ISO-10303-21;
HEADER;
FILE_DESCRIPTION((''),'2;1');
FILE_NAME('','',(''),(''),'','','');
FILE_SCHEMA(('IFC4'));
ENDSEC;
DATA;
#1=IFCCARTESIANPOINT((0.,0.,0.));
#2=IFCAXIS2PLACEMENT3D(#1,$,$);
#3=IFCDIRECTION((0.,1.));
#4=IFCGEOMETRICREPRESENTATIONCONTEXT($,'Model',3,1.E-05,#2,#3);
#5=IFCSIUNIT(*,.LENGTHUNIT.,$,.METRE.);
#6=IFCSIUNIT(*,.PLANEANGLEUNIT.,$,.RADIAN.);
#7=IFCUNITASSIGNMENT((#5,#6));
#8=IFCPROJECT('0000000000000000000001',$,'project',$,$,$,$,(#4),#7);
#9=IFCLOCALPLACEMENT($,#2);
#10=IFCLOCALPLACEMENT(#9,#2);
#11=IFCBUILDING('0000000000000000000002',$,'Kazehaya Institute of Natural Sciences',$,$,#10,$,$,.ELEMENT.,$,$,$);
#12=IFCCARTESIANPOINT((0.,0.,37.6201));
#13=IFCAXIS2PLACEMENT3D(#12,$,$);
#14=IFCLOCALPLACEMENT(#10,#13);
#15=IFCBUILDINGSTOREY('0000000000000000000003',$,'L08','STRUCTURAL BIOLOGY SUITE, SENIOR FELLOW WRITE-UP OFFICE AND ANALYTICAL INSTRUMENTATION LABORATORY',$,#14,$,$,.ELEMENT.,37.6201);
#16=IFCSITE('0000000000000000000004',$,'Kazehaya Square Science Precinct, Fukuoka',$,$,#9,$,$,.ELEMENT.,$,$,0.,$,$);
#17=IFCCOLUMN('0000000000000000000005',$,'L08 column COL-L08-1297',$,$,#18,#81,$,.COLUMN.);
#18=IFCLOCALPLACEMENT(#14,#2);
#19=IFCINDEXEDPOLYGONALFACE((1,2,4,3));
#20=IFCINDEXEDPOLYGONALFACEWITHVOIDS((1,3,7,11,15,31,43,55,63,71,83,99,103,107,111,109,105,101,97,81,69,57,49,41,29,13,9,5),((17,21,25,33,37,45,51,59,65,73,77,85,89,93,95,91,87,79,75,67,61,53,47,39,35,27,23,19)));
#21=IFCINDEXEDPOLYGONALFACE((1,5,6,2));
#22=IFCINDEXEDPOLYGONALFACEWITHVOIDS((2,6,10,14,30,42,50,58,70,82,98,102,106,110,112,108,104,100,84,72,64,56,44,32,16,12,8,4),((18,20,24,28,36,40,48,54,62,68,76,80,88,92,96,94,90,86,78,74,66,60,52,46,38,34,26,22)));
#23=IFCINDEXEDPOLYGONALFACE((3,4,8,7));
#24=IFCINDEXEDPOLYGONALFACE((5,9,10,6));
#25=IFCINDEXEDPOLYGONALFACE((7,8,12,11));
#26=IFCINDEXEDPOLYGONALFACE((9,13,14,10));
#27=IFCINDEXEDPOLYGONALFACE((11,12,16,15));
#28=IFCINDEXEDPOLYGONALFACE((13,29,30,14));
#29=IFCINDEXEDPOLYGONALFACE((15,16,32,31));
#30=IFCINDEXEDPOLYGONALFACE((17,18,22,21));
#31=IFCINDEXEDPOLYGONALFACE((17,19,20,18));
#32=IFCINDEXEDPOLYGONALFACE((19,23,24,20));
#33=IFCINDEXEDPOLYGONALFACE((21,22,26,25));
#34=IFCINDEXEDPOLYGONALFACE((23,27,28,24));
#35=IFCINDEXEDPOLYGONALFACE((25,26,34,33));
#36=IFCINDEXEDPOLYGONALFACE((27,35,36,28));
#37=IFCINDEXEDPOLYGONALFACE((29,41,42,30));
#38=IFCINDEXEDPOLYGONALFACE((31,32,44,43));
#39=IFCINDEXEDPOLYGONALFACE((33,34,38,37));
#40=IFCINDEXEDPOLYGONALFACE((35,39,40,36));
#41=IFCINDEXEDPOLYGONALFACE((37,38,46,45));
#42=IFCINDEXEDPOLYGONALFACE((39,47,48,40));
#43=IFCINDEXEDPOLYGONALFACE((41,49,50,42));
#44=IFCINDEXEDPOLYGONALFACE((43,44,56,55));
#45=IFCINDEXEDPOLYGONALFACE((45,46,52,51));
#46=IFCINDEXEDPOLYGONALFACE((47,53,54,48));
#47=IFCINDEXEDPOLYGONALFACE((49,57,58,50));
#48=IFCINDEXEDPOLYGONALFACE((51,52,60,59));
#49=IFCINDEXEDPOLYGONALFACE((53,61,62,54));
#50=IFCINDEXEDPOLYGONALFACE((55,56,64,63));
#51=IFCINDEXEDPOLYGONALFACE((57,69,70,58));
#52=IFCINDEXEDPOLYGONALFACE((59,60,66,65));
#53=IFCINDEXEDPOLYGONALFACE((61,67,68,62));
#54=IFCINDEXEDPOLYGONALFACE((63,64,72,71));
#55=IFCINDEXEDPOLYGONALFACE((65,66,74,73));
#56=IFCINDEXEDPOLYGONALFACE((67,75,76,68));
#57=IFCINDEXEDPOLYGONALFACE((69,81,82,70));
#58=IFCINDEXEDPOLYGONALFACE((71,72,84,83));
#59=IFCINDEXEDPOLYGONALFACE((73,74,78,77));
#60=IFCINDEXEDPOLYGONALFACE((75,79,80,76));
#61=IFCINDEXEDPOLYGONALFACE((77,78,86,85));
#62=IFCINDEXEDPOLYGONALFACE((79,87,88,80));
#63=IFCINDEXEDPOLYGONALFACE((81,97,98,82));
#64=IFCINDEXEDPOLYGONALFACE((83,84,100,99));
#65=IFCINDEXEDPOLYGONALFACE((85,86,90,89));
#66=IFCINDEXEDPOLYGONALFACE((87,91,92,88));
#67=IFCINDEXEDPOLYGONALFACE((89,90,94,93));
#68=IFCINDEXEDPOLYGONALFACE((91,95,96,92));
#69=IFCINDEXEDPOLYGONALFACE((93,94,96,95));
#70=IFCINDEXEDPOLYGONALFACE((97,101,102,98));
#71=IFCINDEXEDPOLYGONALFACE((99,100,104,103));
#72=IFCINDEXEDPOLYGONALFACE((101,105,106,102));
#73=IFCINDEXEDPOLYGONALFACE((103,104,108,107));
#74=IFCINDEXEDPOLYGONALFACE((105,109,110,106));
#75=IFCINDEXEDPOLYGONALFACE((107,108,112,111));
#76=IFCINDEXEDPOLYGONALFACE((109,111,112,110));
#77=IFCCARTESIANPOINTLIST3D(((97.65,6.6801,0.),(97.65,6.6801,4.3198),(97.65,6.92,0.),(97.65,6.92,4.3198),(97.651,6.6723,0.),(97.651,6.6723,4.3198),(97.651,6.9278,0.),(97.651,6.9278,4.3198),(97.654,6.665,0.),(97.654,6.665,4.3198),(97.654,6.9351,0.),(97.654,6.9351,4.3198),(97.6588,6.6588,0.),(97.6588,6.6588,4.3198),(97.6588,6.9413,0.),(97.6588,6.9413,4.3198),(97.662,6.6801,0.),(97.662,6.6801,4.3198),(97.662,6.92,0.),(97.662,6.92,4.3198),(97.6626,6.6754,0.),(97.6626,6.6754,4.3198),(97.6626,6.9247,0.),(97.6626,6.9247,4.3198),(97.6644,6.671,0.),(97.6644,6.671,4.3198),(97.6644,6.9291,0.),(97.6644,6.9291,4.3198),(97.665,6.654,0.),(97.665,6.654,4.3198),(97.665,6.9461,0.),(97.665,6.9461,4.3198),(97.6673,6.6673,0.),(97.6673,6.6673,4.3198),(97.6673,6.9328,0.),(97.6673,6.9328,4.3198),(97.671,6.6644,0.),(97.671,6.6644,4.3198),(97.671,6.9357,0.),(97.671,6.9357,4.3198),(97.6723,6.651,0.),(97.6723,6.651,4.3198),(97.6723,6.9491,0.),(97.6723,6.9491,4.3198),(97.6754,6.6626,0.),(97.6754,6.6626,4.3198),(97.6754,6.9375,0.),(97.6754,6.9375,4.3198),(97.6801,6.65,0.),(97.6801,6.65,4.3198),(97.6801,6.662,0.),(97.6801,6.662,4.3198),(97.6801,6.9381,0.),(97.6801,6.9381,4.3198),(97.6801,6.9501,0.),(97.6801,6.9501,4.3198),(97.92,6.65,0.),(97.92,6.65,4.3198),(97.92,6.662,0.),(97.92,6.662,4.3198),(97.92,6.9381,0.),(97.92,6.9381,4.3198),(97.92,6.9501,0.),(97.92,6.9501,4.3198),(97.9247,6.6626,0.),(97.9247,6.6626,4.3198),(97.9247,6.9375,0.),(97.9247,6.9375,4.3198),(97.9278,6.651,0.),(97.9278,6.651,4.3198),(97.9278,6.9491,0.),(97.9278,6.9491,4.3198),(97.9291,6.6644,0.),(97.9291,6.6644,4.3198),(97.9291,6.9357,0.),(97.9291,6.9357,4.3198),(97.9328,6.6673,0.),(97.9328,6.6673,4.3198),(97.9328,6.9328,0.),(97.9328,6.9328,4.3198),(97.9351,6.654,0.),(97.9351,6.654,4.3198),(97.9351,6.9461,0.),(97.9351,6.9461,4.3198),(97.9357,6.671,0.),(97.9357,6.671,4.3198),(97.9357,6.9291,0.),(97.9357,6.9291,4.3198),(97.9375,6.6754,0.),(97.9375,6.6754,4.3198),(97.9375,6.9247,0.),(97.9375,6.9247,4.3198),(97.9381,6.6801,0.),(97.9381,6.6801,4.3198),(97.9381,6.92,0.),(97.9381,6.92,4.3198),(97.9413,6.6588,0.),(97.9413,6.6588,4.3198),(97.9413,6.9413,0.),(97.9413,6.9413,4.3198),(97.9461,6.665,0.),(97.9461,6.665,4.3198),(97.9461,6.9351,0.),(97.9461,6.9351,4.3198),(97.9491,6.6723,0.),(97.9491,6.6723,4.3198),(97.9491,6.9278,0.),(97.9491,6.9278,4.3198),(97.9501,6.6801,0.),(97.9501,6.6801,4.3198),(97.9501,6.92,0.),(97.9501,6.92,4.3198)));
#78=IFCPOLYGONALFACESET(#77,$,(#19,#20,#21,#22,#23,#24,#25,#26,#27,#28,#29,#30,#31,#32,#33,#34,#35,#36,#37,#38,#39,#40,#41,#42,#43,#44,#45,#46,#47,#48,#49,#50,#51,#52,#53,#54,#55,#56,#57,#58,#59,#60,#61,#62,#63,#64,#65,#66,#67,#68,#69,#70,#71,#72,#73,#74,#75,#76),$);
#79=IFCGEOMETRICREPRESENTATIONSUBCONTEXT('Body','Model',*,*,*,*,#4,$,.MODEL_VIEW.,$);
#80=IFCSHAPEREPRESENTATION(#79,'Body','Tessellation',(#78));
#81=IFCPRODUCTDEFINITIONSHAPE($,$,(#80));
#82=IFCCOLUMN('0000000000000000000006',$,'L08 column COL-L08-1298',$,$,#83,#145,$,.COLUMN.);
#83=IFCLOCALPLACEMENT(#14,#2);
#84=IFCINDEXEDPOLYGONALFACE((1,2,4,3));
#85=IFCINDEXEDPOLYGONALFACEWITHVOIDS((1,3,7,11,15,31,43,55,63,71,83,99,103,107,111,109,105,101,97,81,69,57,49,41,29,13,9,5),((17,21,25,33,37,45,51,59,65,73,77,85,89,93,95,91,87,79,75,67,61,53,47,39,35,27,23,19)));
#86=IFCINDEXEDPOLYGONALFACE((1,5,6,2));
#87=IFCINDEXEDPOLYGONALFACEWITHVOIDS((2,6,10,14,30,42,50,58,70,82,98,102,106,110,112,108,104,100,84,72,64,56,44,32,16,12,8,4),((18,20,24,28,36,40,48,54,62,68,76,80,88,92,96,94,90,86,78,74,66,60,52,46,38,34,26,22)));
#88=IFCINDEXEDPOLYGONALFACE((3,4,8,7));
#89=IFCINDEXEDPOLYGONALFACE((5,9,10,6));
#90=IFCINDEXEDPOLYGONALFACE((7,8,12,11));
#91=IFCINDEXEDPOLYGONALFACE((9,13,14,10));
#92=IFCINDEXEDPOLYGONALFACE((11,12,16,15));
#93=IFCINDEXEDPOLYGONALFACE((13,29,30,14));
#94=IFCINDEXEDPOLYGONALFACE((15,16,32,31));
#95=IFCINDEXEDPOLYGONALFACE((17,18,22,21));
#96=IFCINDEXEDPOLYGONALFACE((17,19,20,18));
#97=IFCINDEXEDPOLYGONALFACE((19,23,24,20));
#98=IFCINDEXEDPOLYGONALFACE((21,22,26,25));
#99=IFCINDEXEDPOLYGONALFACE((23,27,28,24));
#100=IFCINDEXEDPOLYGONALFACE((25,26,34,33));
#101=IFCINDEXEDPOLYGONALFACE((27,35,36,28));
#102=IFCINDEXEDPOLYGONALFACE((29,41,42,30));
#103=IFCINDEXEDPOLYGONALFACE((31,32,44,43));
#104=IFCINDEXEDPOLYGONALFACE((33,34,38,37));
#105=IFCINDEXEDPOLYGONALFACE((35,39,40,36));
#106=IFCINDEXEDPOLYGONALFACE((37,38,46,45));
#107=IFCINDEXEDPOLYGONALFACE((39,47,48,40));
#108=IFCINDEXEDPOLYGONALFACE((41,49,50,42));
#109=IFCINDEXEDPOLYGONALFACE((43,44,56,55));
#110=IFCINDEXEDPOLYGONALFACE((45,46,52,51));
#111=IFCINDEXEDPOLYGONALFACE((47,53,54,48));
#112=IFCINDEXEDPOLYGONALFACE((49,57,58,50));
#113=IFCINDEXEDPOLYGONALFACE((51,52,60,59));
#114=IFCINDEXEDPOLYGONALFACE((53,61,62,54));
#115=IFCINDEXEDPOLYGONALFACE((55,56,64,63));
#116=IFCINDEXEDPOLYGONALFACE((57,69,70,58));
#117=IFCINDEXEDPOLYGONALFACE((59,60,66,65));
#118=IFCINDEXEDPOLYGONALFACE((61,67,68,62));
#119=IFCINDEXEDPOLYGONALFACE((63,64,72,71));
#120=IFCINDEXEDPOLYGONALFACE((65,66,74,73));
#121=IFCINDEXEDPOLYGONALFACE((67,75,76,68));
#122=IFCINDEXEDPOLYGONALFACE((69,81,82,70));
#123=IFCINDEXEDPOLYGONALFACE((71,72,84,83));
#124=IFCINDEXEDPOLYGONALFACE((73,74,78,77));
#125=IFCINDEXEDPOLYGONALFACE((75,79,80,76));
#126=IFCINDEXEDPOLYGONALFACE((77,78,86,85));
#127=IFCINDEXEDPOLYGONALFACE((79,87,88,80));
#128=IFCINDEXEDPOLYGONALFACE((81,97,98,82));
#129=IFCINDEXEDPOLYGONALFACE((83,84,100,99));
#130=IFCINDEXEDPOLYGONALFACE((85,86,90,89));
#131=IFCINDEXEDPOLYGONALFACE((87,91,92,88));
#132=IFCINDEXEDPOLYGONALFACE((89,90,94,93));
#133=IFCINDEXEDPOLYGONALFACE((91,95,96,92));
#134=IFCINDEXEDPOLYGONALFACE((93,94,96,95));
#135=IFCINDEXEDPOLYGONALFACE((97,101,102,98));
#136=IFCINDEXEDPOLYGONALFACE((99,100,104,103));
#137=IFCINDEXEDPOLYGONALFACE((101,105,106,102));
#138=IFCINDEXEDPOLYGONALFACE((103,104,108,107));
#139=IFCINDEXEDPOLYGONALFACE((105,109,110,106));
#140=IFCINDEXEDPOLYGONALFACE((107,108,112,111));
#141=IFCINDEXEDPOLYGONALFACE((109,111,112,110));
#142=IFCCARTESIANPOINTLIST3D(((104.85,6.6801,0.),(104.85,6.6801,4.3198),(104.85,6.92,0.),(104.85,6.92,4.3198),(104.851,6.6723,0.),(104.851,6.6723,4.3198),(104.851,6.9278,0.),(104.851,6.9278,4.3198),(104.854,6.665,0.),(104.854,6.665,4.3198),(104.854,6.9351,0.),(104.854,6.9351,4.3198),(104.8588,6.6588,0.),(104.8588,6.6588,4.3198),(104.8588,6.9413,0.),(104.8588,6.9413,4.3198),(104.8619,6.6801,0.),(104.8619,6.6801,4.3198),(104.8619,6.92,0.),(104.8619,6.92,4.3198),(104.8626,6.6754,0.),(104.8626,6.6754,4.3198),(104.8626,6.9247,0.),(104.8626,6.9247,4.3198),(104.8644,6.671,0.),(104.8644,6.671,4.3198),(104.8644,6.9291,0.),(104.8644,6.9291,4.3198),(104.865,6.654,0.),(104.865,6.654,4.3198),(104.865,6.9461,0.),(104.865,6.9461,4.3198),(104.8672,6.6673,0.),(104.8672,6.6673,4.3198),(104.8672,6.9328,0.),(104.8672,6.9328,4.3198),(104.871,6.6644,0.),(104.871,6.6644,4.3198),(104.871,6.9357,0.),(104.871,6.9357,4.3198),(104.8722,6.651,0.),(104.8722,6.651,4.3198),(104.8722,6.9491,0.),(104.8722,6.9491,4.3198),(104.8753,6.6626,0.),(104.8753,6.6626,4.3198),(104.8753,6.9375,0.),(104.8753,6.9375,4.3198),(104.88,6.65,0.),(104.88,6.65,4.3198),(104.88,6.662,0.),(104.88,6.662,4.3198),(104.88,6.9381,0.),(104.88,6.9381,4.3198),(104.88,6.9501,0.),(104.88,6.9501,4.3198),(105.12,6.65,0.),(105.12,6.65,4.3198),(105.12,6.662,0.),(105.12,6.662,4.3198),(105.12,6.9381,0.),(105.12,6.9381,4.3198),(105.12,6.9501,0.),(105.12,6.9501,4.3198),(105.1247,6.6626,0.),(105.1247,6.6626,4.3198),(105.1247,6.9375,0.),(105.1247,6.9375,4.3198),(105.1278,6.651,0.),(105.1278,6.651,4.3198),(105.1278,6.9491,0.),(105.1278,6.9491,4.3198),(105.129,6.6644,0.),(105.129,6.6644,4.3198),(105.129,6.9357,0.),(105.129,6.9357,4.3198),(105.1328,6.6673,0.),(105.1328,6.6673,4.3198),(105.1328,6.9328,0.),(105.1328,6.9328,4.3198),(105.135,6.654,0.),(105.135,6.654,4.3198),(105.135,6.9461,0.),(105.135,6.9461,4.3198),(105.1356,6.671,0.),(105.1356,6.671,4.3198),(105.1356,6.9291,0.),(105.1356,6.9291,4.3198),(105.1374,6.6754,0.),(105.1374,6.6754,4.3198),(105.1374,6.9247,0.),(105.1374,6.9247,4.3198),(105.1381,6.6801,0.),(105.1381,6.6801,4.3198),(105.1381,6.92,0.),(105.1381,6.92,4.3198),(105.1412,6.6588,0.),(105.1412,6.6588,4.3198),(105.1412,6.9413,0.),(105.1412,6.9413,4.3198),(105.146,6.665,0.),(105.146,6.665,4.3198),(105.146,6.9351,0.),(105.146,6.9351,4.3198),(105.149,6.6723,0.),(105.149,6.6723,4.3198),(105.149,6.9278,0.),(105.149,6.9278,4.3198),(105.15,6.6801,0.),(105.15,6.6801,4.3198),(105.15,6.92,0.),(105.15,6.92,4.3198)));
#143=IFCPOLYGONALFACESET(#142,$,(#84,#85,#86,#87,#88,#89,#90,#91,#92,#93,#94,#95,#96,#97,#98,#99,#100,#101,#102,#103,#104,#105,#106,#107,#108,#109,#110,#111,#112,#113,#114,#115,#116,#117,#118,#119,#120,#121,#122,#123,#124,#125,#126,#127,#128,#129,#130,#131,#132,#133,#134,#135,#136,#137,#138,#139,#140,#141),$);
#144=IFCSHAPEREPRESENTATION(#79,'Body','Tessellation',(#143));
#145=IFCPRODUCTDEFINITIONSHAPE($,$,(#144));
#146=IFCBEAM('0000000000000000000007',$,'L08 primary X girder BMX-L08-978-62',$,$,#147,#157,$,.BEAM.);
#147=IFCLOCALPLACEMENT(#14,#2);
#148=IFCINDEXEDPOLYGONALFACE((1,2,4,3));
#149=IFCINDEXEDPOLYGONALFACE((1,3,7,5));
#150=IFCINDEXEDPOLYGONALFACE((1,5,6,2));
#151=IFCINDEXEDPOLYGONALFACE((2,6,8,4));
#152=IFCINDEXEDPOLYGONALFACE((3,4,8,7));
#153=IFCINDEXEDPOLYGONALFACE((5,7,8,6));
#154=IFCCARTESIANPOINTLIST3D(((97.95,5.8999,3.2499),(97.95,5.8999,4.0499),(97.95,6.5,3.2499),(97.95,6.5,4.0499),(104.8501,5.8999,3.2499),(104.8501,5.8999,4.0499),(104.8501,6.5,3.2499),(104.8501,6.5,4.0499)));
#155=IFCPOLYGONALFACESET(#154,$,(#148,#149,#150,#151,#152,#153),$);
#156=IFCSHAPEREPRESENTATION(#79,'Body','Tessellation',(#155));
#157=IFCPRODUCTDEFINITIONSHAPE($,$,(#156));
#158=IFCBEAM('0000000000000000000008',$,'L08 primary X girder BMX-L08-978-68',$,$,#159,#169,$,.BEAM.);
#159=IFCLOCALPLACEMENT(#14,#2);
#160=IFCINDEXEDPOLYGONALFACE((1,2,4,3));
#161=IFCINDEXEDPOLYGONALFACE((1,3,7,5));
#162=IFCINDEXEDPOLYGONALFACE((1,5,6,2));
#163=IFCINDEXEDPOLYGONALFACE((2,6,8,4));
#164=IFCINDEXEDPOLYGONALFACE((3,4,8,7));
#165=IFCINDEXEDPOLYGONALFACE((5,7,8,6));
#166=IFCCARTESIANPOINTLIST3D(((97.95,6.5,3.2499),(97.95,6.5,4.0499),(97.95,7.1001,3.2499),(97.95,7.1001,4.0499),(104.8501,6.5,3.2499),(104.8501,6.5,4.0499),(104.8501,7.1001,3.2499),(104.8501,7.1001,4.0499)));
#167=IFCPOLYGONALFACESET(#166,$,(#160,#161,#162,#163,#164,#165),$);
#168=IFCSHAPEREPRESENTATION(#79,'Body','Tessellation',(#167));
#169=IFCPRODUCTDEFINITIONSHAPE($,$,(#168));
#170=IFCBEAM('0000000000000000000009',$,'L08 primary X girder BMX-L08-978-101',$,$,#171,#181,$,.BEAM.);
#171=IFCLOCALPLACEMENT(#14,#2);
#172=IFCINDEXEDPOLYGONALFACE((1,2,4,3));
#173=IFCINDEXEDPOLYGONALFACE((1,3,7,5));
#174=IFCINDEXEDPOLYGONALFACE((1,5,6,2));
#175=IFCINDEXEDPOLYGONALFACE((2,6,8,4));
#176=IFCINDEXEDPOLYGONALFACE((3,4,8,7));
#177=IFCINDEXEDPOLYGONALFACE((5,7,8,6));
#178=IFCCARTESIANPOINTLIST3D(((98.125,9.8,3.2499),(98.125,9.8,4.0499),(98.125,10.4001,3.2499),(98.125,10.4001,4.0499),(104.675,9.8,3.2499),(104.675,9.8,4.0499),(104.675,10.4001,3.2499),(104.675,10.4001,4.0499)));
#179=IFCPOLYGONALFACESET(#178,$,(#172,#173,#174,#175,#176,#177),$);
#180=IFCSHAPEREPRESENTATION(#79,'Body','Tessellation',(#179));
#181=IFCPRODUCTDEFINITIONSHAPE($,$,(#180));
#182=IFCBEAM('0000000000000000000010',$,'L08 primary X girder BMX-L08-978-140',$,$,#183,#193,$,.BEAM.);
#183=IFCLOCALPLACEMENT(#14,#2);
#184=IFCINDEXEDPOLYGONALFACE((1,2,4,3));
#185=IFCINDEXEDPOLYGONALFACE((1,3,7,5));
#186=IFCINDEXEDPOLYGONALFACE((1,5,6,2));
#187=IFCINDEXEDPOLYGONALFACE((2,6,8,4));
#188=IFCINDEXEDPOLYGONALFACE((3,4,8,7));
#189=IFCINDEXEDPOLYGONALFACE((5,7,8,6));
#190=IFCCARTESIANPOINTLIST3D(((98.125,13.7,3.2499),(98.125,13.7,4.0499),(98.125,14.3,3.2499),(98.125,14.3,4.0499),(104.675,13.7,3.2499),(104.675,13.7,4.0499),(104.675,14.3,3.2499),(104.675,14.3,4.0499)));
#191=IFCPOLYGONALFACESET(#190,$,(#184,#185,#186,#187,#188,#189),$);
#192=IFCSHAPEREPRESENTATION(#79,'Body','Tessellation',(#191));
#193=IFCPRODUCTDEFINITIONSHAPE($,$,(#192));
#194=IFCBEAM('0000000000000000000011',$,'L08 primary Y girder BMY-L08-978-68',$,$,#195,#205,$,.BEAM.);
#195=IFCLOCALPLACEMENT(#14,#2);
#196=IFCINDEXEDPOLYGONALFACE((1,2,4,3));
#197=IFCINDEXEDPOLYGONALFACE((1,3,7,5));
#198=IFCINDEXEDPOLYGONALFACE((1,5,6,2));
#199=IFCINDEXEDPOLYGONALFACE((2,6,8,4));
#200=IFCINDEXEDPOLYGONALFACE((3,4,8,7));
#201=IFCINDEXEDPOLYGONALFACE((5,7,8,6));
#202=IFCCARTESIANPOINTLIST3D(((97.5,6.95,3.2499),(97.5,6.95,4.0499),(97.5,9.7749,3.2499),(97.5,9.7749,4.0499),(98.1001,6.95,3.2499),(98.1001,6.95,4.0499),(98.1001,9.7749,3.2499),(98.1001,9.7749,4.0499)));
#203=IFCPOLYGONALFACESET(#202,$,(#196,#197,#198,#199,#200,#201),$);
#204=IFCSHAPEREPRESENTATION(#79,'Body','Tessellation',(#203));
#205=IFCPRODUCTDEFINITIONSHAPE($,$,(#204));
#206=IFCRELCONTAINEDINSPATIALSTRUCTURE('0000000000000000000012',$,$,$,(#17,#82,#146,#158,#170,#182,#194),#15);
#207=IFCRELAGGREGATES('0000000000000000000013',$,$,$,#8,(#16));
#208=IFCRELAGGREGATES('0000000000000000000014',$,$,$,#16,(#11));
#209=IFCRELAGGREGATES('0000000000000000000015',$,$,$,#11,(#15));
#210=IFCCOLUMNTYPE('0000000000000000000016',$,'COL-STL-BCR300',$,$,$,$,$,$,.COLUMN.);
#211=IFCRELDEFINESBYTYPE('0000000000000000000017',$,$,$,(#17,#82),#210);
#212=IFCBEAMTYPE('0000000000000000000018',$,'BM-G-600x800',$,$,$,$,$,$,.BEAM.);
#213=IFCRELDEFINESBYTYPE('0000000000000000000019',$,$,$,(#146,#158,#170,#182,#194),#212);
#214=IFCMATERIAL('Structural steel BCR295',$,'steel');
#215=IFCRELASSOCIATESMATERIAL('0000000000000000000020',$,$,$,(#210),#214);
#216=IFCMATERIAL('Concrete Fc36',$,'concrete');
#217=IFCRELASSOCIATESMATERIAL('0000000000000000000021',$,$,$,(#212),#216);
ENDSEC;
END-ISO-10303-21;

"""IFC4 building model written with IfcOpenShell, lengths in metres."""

from ifc_helpers import new_model, si_unit, direction, frame, origin, origin_2d, place, context, subcontext, project, spatial, rectangle, hollow_rectangle, extrude, material, material_profile, profile_set, type_object, element, save


model = new_model("IFC4")

# Units and contexts
model_context = context("Model", 3, precision=1e-05, world=origin(), true_north=direction((0.0, 1.0)))
body_context = subcontext(model_context, "Body", "Model", "MODEL_VIEW")
ifc_project = project(units=[si_unit("LENGTHUNIT", "METRE"), si_unit("PLANEANGLEUNIT", "RADIAN")], contexts=[model_context])

# Site, building, storey
site_placement = place(None, origin())
site = spatial("IfcSite", under=ifc_project, at=site_placement, Name="Kazehaya Square Science Precinct, Fukuoka", CompositionType="ELEMENT", RefElevation=0.0)
building_placement = place(site_placement, origin())
building = spatial("IfcBuilding", under=site, at=building_placement, Name="Kazehaya Institute of Natural Sciences", CompositionType="ELEMENT")
storey_placement = place(building_placement, frame((0.0, 0.0, 37.6201)))
storey = spatial("IfcBuildingStorey", under=building, at=storey_placement, Name="L08", Description="STRUCTURAL BIOLOGY SUITE, SENIOR FELLOW WRITE-UP OFFICE AND ANALYTICAL INSTRUMENTATION LABORATORY", CompositionType="ELEMENT", Elevation=37.6201)

# Columns
ifc_material_1 = material(Name="Concrete Fc36", Category="concrete")
ifc_material_2 = material(Name="Structural steel BCR295", Category="steel")
ifc_material_profile_1 = material_profile(ifc_material_2, hollow_rectangle(XDim=0.3, YDim=0.3, WallThickness=0.012, InnerFilletRadius=0.0181, OuterFilletRadius=0.03, at=origin_2d()), Name="BCR-300x300x12")
ifc_profile_set_1 = profile_set([ifc_material_profile_1], Name="Structural steel BCR295")
column_type_1 = type_object("IfcColumnType", Name="COL-STL-BCR300", PredefinedType="COLUMN", material=ifc_profile_set_1)
for number, where, z_axis, x_axis, name in (
    (1, (97.8, 6.8, 0.0), (0.0, 0.0, 1.0), (1.0, 0.0, 0.0), "L08 column COL-L08-1297"),
    (2, (105.0, 6.8, 0.0), (0.0, 0.0, 1.0), (1.0, 0.0, 0.0), "L08 column COL-L08-1298"),
):
    element("IfcColumn", number, at=place(storey_placement, frame(where, z_axis=z_axis, x_axis=x_axis)), inside=storey, type_object=column_type_1, Name=name, PredefinedType="COLUMN", context=body_context, shape_type="SweptSolid", body=[
        extrude(hollow_rectangle(XDim=0.3, YDim=0.3, WallThickness=0.012, InnerFilletRadius=0.0181, OuterFilletRadius=0.03, at=origin_2d()), origin(), (0.0, 0.0, 1.0), 4.3198),
    ])

# Beams
ifc_material_profile_2 = material_profile(ifc_material_1, rectangle(XDim=0.6001, YDim=0.8, at=origin_2d()), Name="RC-600x800")
ifc_profile_set_2 = profile_set([ifc_material_profile_2], Name="Concrete Fc36")
beam_type = type_object("IfcBeamType", Name="BM-G-600x800", PredefinedType="BEAM", material=ifc_profile_set_2)
for number, where, z_axis, x_axis, name in (
    (3, (97.95, 6.2, 3.6499), (1.0, 0.0, 0.0), (0.0, 1.0, 0.0), "L08 primary X girder BMX-L08-978-62"),
    (4, (97.95, 6.8, 3.6499), (1.0, 0.0, 0.0), (0.0, 1.0, 0.0), "L08 primary X girder BMX-L08-978-68"),
):
    element("IfcBeam", number, at=place(storey_placement, frame(where, z_axis=z_axis, x_axis=x_axis)), inside=storey, type_object=beam_type, Name=name, PredefinedType="BEAM", context=body_context, shape_type="SweptSolid", body=[
        extrude(rectangle(XDim=0.6001, YDim=0.8, at=origin_2d()), origin(), (0.0, 0.0, 1.0), 6.9001),
    ])
for number, where, z_axis, x_axis, name in (
    (5, (98.125, 10.1001, 3.6499), (1.0, 0.0, 0.0), (0.0, 1.0, 0.0), "L08 primary X girder BMX-L08-978-101"),
    (6, (98.125, 14.0, 3.6499), (1.0, 0.0, 0.0), (0.0, 1.0, 0.0), "L08 primary X girder BMX-L08-978-140"),
):
    element("IfcBeam", number, at=place(storey_placement, frame(where, z_axis=z_axis, x_axis=x_axis)), inside=storey, type_object=beam_type, Name=name, PredefinedType="BEAM", context=body_context, shape_type="SweptSolid", body=[
        extrude(rectangle(XDim=0.6001, YDim=0.8, at=origin_2d()), origin(), (0.0, 0.0, 1.0), 6.55),
    ])
beam_1_placement = place(storey_placement, frame((97.8, 6.95, 3.6499), z_axis=(0.0, 1.0, 0.0), x_axis=(-1.0, 0.0, 0.0)))
element("IfcBeam", 7, at=beam_1_placement, inside=storey, type_object=beam_type, Name="L08 primary Y girder BMY-L08-978-68", PredefinedType="BEAM", context=body_context, shape_type="SweptSolid", body=[
    extrude(rectangle(XDim=0.6001, YDim=0.8, at=origin_2d()), origin(), (0.0, 0.0, 1.0), 2.825),
])

save(model, "model.ifc")
